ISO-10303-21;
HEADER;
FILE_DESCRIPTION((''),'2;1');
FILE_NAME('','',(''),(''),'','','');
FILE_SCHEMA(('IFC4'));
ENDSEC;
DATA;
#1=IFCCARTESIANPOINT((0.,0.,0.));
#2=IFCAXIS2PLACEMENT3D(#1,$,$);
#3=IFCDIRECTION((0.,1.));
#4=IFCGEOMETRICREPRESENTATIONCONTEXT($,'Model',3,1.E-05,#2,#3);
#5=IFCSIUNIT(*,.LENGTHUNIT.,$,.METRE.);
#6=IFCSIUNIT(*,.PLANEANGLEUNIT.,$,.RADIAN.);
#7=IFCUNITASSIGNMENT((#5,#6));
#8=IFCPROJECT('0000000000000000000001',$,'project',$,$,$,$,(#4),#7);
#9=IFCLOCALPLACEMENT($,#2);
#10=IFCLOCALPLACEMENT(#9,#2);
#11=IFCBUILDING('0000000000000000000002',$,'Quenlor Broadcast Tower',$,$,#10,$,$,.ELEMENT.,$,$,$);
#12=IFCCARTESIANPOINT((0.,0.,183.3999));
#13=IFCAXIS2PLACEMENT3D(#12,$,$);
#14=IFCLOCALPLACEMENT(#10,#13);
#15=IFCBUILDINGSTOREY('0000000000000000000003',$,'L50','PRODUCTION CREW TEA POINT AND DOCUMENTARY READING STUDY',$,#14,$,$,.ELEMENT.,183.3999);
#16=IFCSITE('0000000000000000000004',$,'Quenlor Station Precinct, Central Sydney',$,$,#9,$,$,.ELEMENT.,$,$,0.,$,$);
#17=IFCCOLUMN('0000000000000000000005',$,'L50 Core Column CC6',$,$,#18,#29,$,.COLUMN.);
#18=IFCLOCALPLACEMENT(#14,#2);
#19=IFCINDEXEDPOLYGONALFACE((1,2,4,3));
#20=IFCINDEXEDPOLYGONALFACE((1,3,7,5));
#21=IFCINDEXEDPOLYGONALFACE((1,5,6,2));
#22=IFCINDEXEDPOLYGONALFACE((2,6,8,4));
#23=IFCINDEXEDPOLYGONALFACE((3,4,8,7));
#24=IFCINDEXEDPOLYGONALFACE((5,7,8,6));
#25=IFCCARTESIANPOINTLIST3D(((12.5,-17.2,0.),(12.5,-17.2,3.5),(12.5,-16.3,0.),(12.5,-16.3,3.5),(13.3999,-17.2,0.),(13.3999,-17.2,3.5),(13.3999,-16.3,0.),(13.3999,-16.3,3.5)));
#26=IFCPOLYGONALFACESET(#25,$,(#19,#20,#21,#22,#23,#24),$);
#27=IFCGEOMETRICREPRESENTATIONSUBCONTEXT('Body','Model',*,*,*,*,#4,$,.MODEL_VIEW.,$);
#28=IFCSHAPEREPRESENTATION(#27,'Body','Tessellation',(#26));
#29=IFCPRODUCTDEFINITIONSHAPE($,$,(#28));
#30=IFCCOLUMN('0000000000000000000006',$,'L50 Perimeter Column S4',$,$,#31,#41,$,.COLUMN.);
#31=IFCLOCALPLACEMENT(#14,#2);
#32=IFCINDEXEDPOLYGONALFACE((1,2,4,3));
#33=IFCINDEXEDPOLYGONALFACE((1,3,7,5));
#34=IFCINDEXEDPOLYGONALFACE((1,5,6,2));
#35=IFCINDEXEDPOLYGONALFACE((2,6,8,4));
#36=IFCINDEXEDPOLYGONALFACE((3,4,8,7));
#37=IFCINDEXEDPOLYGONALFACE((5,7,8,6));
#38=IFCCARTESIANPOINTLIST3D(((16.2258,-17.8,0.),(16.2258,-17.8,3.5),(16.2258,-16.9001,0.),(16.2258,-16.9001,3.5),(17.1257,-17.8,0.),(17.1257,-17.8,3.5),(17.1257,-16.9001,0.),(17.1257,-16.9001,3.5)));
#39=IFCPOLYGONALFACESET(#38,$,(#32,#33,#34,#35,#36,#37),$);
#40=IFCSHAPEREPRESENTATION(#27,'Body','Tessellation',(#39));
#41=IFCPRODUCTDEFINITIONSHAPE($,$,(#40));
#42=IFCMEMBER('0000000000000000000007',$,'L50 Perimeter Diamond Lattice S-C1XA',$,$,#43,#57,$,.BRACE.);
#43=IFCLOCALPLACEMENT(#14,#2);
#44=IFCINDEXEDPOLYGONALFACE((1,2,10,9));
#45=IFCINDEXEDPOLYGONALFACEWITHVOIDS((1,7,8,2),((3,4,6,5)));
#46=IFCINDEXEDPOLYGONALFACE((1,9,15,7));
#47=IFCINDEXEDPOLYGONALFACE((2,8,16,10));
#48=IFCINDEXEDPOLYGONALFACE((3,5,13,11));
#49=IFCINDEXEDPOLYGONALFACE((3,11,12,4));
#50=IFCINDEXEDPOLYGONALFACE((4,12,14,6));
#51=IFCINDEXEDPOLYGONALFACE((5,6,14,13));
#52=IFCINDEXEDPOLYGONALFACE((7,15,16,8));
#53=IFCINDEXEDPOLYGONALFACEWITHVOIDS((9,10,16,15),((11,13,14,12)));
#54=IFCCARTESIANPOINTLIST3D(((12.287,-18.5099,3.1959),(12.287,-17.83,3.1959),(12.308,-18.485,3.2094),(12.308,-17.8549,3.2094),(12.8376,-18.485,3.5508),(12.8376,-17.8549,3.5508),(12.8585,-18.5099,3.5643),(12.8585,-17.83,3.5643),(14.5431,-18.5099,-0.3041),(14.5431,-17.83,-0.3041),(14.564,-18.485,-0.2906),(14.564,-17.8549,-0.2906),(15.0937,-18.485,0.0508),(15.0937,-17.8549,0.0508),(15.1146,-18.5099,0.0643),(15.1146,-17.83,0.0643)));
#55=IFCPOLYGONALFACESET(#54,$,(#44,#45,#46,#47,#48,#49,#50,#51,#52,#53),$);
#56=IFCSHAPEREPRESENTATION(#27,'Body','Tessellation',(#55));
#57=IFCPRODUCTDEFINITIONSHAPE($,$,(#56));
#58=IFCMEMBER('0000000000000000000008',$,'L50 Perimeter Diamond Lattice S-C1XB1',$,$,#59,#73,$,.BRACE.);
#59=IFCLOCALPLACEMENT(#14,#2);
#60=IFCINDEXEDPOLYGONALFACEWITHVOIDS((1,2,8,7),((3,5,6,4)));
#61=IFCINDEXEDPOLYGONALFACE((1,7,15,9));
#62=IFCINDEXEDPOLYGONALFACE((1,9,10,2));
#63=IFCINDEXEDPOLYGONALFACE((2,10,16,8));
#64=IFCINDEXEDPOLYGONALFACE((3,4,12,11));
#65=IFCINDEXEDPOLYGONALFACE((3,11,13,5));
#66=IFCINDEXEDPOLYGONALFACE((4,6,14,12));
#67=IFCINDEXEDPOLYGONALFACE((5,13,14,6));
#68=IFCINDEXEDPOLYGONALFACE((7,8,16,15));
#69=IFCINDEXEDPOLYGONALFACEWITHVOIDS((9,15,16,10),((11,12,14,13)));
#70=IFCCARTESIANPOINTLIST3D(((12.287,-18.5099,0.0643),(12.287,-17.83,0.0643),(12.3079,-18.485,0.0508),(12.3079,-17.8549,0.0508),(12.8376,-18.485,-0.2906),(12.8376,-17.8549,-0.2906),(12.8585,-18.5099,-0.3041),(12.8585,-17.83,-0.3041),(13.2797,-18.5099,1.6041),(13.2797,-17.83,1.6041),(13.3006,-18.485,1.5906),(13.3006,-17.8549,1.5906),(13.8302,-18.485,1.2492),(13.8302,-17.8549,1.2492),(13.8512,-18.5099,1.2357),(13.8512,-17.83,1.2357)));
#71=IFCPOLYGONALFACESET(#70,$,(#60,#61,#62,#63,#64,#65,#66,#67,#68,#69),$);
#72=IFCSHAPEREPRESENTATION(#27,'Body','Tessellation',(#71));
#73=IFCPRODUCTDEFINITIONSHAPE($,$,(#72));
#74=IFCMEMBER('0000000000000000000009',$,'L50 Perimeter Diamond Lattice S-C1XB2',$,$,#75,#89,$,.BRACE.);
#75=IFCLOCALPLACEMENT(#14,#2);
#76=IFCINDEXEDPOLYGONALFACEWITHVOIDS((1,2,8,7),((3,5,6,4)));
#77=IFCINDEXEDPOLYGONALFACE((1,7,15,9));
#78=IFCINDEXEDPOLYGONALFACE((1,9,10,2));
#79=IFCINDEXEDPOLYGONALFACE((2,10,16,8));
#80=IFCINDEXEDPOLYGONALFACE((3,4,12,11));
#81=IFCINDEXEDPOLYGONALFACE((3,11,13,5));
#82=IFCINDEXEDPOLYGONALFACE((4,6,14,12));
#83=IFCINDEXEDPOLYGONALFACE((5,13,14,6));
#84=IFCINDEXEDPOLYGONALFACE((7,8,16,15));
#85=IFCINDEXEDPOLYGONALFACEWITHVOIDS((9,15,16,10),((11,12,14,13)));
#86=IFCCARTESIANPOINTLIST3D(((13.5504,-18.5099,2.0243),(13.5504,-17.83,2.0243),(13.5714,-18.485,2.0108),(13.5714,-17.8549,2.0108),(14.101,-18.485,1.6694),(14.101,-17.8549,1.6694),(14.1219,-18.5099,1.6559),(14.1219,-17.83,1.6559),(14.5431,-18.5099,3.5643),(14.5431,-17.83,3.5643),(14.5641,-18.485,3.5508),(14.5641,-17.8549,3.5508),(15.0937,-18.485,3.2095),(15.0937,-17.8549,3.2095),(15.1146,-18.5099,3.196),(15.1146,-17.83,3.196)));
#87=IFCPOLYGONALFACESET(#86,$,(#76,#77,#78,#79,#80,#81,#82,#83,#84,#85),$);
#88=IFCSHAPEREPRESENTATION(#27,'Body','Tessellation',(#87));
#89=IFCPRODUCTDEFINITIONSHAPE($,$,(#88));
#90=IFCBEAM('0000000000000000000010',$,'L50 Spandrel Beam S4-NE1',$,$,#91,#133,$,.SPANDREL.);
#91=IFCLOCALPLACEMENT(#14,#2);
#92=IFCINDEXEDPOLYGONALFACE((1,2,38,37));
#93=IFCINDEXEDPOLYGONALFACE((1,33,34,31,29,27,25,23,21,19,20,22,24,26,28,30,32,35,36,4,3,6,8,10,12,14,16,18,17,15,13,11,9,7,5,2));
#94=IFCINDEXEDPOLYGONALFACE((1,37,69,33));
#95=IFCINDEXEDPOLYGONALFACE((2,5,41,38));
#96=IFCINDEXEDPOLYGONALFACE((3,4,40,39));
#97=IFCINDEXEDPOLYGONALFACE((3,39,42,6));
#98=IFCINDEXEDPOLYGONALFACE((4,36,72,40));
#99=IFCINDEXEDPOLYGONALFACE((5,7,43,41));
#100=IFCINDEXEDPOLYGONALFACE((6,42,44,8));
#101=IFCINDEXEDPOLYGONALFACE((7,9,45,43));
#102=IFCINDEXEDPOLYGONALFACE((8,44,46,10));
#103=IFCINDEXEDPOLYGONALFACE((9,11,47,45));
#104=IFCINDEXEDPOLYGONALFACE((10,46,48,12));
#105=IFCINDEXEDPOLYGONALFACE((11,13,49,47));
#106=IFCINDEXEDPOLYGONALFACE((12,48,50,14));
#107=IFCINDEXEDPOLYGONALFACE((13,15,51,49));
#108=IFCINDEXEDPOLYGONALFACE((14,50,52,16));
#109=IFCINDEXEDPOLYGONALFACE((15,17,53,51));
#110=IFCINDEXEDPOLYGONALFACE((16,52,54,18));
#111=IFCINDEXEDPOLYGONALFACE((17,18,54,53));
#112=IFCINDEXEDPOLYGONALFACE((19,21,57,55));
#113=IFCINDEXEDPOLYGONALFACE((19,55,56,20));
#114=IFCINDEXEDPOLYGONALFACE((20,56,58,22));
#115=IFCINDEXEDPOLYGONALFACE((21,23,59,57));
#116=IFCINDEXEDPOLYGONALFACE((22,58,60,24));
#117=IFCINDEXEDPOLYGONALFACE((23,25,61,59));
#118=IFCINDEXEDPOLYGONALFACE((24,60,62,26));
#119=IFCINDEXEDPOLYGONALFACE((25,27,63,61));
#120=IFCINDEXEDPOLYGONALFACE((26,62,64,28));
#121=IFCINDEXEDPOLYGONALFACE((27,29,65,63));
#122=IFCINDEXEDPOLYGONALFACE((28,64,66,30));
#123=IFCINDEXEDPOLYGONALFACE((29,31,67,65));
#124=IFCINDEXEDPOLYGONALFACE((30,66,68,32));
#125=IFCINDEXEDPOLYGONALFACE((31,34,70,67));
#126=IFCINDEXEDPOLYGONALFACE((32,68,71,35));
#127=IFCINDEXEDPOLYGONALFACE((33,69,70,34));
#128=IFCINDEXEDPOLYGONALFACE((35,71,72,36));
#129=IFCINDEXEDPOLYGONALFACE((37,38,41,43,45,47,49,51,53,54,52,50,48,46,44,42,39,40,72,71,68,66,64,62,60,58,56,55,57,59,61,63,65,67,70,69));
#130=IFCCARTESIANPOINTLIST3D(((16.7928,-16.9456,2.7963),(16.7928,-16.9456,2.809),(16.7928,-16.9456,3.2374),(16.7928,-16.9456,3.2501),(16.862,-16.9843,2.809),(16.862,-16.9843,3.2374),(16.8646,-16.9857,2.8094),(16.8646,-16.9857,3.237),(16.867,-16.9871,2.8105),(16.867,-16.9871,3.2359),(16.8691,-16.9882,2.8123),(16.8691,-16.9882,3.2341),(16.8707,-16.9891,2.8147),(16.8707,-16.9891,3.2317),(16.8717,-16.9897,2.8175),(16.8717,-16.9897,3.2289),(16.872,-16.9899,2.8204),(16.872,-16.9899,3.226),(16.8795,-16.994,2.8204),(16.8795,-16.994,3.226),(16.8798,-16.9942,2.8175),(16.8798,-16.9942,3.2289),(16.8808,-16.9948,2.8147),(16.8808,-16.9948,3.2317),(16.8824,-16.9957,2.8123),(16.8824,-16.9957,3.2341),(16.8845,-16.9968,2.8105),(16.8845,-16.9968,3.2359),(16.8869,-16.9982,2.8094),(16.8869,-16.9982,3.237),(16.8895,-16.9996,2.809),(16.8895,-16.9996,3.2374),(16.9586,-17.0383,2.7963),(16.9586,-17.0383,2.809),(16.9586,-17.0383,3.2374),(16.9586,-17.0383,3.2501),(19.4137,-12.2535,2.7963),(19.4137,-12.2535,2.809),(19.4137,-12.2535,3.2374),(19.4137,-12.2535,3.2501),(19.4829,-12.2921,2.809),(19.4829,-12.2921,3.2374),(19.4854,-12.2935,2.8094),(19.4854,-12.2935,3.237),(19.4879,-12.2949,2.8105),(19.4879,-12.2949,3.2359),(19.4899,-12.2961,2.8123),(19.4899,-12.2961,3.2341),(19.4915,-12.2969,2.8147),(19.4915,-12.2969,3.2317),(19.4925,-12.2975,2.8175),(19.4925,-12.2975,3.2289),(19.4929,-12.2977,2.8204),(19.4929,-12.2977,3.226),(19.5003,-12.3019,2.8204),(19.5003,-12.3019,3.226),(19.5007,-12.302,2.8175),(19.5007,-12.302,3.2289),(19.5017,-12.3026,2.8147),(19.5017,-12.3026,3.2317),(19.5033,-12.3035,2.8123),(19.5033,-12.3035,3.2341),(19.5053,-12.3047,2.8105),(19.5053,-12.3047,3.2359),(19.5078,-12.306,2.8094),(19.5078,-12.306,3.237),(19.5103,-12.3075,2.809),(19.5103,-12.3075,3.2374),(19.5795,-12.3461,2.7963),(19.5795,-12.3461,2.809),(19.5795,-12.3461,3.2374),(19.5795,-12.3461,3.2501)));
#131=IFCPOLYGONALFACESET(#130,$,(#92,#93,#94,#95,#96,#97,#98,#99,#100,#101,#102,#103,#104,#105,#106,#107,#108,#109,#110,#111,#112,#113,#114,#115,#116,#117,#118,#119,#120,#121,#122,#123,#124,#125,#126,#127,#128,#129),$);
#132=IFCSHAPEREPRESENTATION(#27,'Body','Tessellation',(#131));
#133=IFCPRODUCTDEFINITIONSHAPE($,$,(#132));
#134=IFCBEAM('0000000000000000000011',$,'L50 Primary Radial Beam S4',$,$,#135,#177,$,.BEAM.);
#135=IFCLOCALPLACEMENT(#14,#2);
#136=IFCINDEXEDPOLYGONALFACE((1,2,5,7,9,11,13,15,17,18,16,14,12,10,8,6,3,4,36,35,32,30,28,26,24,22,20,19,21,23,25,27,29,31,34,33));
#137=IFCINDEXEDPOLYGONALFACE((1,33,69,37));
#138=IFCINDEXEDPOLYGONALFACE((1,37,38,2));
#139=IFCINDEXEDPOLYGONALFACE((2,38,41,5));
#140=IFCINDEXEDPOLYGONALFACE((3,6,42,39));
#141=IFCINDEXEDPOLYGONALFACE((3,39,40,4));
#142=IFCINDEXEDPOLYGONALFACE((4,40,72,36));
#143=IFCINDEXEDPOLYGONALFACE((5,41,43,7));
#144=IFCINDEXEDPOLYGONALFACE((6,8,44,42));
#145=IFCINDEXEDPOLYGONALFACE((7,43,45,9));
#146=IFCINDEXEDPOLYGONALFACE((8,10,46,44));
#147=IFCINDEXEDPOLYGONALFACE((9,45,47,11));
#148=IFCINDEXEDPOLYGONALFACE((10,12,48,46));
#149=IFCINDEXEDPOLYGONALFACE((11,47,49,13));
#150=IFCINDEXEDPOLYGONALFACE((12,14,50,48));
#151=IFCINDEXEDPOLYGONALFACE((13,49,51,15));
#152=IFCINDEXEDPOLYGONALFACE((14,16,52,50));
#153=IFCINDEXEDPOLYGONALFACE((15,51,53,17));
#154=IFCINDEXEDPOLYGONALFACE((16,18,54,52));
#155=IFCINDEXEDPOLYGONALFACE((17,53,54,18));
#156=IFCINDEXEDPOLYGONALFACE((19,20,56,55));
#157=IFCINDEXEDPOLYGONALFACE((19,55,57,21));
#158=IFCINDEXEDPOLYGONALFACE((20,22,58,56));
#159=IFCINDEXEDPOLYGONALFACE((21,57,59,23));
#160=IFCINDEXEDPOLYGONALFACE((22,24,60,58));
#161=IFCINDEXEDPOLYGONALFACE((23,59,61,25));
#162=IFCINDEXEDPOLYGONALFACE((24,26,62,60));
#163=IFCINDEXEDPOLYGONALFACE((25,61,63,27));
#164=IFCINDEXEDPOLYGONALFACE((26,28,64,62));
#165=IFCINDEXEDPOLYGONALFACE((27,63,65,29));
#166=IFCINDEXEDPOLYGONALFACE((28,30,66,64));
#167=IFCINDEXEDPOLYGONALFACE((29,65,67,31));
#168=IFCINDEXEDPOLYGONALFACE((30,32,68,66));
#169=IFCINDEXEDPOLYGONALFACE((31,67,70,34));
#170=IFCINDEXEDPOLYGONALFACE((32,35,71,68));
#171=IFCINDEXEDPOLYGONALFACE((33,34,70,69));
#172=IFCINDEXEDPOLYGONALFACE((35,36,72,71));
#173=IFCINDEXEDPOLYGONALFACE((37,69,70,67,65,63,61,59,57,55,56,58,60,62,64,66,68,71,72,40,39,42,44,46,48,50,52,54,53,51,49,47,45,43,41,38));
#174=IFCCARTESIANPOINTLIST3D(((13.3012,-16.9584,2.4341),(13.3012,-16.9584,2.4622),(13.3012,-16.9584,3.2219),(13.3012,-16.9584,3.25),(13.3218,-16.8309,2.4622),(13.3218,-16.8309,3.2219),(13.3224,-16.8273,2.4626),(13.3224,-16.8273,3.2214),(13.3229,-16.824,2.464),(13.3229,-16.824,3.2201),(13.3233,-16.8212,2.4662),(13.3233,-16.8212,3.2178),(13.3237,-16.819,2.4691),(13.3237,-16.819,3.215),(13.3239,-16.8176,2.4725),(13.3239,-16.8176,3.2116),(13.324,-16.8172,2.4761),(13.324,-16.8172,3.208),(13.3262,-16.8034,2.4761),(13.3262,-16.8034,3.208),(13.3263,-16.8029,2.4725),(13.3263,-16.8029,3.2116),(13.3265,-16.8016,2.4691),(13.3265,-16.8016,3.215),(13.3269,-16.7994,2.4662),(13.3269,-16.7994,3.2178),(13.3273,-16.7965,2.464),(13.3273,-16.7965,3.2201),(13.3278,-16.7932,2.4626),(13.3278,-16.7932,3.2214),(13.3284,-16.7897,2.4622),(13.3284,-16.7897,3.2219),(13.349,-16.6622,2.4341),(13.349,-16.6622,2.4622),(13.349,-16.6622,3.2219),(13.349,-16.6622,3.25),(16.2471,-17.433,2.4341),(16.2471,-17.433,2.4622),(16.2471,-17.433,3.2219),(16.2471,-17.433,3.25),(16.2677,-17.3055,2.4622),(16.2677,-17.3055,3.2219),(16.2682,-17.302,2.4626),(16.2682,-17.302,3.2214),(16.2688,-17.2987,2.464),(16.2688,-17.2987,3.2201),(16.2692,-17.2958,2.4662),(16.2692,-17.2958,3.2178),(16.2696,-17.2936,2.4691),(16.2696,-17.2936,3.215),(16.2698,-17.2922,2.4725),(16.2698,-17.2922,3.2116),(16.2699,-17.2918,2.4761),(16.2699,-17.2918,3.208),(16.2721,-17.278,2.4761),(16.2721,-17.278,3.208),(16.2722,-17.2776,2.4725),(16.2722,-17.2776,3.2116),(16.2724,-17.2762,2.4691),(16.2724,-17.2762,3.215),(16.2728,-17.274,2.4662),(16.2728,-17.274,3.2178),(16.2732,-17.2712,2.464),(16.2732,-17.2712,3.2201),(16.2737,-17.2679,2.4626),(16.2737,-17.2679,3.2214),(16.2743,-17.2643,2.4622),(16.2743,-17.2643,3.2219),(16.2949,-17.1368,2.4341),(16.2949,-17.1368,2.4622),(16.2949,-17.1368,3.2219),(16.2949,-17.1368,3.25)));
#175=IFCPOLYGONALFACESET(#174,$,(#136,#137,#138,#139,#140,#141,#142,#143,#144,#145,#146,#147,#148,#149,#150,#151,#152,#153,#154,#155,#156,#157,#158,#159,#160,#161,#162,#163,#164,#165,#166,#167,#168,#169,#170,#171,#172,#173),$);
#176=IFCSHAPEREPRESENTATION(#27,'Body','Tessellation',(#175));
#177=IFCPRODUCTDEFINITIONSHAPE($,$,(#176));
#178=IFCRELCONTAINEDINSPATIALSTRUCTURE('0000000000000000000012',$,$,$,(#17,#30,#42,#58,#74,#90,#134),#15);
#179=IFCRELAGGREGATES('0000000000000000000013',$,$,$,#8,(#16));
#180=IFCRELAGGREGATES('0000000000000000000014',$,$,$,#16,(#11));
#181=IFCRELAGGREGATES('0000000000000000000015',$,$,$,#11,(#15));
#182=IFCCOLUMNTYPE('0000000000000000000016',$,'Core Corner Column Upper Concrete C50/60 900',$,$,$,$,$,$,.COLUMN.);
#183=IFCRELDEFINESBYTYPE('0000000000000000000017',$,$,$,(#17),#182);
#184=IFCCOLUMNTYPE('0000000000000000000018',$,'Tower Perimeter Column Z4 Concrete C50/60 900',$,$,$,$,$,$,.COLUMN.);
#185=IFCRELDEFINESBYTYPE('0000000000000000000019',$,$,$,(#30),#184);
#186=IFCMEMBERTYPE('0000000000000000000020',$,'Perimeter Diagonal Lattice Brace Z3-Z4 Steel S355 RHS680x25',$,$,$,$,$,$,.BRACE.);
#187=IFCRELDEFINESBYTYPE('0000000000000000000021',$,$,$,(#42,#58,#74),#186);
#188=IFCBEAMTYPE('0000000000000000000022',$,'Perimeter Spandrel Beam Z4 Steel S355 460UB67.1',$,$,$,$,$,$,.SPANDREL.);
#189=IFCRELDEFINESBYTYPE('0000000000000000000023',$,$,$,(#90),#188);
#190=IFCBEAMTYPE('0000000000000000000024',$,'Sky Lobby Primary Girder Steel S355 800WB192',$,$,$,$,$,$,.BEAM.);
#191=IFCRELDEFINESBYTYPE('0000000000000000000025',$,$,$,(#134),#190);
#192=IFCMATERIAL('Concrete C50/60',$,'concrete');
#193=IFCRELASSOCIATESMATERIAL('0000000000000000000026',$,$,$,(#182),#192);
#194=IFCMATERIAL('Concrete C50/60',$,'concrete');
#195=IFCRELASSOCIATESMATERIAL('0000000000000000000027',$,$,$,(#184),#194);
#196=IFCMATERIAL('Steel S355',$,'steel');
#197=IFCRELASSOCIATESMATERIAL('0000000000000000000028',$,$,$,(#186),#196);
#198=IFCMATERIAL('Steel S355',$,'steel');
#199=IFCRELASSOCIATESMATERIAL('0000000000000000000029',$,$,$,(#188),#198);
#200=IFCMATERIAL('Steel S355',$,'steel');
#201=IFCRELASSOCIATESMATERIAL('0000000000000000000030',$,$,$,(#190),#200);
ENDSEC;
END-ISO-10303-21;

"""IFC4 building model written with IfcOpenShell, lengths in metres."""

from ifc_helpers import new_model, si_unit, direction, frame, origin, origin_2d, place, context, subcontext, project, spatial, rectangle, hollow_rectangle, i_section, extrude, material, material_profile, profile_set, type_object, element, save


model = new_model("IFC4")

# Units and contexts
model_context = context("Model", 3, precision=1e-05, world=origin(), true_north=direction((0.0, 1.0)))
body_context = subcontext(model_context, "Body", "Model", "MODEL_VIEW")
ifc_project = project(units=[si_unit("LENGTHUNIT", "METRE"), si_unit("PLANEANGLEUNIT", "RADIAN")], contexts=[model_context])

# Site, building, storey
site_placement = place(None, origin())
site = spatial("IfcSite", under=ifc_project, at=site_placement, Name="Quenlor Station Precinct, Central Sydney", CompositionType="ELEMENT", RefElevation=0.0)
building_placement = place(site_placement, origin())
building = spatial("IfcBuilding", under=site, at=building_placement, Name="Quenlor Broadcast Tower", CompositionType="ELEMENT")
storey_placement = place(building_placement, frame((0.0, 0.0, 183.3999)))
storey = spatial("IfcBuildingStorey", under=building, at=storey_placement, Name="L50", Description="PRODUCTION CREW TEA POINT AND DOCUMENTARY READING STUDY", CompositionType="ELEMENT", Elevation=183.3999)

# Columns
ifc_material_1 = material(Name="Concrete C50/60", Category="concrete")
ifc_material_profile_1 = material_profile(ifc_material_1, rectangle(XDim=0.8999, YDim=0.8999, at=origin_2d()))
ifc_profile_set_1 = profile_set([ifc_material_profile_1], Name="Concrete C50/60 RC900x900")
column_type_1 = type_object("IfcColumnType", Name="Core Corner Column Upper Concrete C50/60 900", PredefinedType="COLUMN", material=ifc_profile_set_1)
column_1_placement = place(storey_placement, frame((12.95, -16.75, 0.0), z_axis=(0.0, 0.0, 1.0), x_axis=(1.0, 0.0, 0.0)))
element("IfcColumn", 1, at=column_1_placement, inside=storey, type_object=column_type_1, Name="L50 Core Column CC6", PredefinedType="COLUMN", context=body_context, shape_type="SweptSolid", body=[
    extrude(rectangle(XDim=0.8999, YDim=0.8999, at=origin_2d()), origin(), (0.0, 0.0, 1.0), 3.5),
])
ifc_material_2 = material(Name="Concrete C50/60", Category="concrete")
ifc_material_profile_2 = material_profile(ifc_material_2, rectangle(XDim=0.8999, YDim=0.8999, at=origin_2d()))
ifc_profile_set_2 = profile_set([ifc_material_profile_2], Name="Concrete C50/60 RC900x900")
column_type_2 = type_object("IfcColumnType", Name="Tower Perimeter Column Z4 Concrete C50/60 900", PredefinedType="COLUMN", material=ifc_profile_set_2)
column_2_placement = place(storey_placement, frame((16.6758, -17.3501, 0.0), z_axis=(0.0, 0.0, 1.0), x_axis=(0.0, 1.0, 0.0)))
element("IfcColumn", 2, at=column_2_placement, inside=storey, type_object=column_type_2, Name="L50 Perimeter Column S4", PredefinedType="COLUMN", context=body_context, shape_type="SweptSolid", body=[
    extrude(rectangle(XDim=0.8999, YDim=0.8999, at=origin_2d()), origin(), (0.0, 0.0, 1.0), 3.5),
])

# Members
ifc_material_3 = material(Name="Steel S355", Category="steel")
ifc_material_profile_3 = material_profile(ifc_material_3, hollow_rectangle(XDim=0.6799, YDim=0.6799, WallThickness=0.0249, at=origin_2d()))
ifc_profile_set_3 = profile_set([ifc_material_profile_3], Name="Steel S355 RHS680x680x25")
member_type = type_object("IfcMemberType", Name="Perimeter Diagonal Lattice Brace Z3-Z4 Steel S355 RHS680x25", PredefinedType="BRACE", material=ifc_profile_set_3)
member_1_placement = place(storey_placement, frame((14.8289, -18.1699, -0.1199), z_axis=(-0.541794, 0.0, 0.840511), x_axis=(0.0, -1.0, 0.0)))
element("IfcMember", 3, at=member_1_placement, inside=storey, type_object=member_type, Name="L50 Perimeter Diamond Lattice S-C1XA", PredefinedType="BRACE", context=body_context, shape_type="SweptSolid", body=[
    extrude(hollow_rectangle(XDim=0.6799, YDim=0.6799, WallThickness=0.0249, at=origin_2d()), origin(), (0.0, 0.0, 1.0), 4.1641),
])
member_2_placement = place(storey_placement, frame((12.5728, -18.1699, -0.1199), z_axis=(0.541842, 0.0, 0.840481), x_axis=(0.0, 1.0, 0.0)))
element("IfcMember", 4, at=member_2_placement, inside=storey, type_object=member_type, Name="L50 Perimeter Diamond Lattice S-C1XB1", PredefinedType="BRACE", context=body_context, shape_type="SweptSolid", body=[
    extrude(hollow_rectangle(XDim=0.6799, YDim=0.6799, WallThickness=0.0249, at=origin_2d()), origin(), (0.0, 0.0, 1.0), 1.832),
])
member_3_placement = place(storey_placement, frame((13.8362, -18.1699, 1.8401), z_axis=(0.541781, 0.0, 0.84052), x_axis=(0.0, 1.0, 0.0)))
element("IfcMember", 5, at=member_3_placement, inside=storey, type_object=member_type, Name="L50 Perimeter Diamond Lattice S-C1XB2", PredefinedType="BRACE", context=body_context, shape_type="SweptSolid", body=[
    extrude(hollow_rectangle(XDim=0.6799, YDim=0.6799, WallThickness=0.0249, at=origin_2d()), origin(), (0.0, 0.0, 1.0), 1.8323),
])

# Beams
ifc_material_4 = material(Name="Steel S355", Category="steel")
ifc_material_profile_4 = material_profile(ifc_material_4, i_section(OverallWidth=0.1899, OverallDepth=0.4539, WebThickness=0.0085, FlangeThickness=0.0127, FilletRadius=0.0115, at=origin_2d()))
ifc_profile_set_4 = profile_set([ifc_material_profile_4], Name="Steel S355 460UB67.1")
beam_type_1 = type_object("IfcBeamType", Name="Perimeter Spandrel Beam Z4 Steel S355 460UB67.1", PredefinedType="SPANDREL", material=ifc_profile_set_4)
beam_1_placement = place(storey_placement, frame((16.8757, -16.9919, 3.0232), z_axis=(0.487647, 0.873041, 0.0), x_axis=(-0.873041, 0.487647, 0.0)))
element("IfcBeam", 6, at=beam_1_placement, inside=storey, type_object=beam_type_1, Name="L50 Spandrel Beam S4-NE1", PredefinedType="SPANDREL", context=body_context, shape_type="SweptSolid", body=[
    extrude(i_section(OverallWidth=0.1899, OverallDepth=0.4539, WebThickness=0.0085, FlangeThickness=0.0127, FilletRadius=0.0115, at=origin_2d()), origin(), (0.0, 0.0, 1.0), 5.3745),
])
ifc_material_5 = material(Name="Steel S355", Category="steel")
ifc_material_profile_5 = material_profile(ifc_material_5, i_section(OverallWidth=0.3, OverallDepth=0.8159, WebThickness=0.0139, FlangeThickness=0.0281, FilletRadius=0.0139, at=origin_2d()))
ifc_profile_set_5 = profile_set([ifc_material_profile_5], Name="Steel S355 800WB192")
beam_type_2 = type_object("IfcBeamType", Name="Sky Lobby Primary Girder Steel S355 800WB192", PredefinedType="BEAM", material=ifc_profile_set_5)
beam_2_placement = place(storey_placement, frame((16.271, -17.2849, 2.842), z_axis=(-0.987268, 0.159063, 0.0), x_axis=(-0.159063, -0.987268, 0.0)))
element("IfcBeam", 7, at=beam_2_placement, inside=storey, type_object=beam_type_2, Name="L50 Primary Radial Beam S4", PredefinedType="BEAM", context=body_context, shape_type="SweptSolid", body=[
    extrude(i_section(OverallWidth=0.3, OverallDepth=0.8159, WebThickness=0.0139, FlangeThickness=0.0281, FilletRadius=0.0139, at=origin_2d()), origin(), (0.0, 0.0, 1.0), 2.9839),
])

save(model, "model.ifc")
